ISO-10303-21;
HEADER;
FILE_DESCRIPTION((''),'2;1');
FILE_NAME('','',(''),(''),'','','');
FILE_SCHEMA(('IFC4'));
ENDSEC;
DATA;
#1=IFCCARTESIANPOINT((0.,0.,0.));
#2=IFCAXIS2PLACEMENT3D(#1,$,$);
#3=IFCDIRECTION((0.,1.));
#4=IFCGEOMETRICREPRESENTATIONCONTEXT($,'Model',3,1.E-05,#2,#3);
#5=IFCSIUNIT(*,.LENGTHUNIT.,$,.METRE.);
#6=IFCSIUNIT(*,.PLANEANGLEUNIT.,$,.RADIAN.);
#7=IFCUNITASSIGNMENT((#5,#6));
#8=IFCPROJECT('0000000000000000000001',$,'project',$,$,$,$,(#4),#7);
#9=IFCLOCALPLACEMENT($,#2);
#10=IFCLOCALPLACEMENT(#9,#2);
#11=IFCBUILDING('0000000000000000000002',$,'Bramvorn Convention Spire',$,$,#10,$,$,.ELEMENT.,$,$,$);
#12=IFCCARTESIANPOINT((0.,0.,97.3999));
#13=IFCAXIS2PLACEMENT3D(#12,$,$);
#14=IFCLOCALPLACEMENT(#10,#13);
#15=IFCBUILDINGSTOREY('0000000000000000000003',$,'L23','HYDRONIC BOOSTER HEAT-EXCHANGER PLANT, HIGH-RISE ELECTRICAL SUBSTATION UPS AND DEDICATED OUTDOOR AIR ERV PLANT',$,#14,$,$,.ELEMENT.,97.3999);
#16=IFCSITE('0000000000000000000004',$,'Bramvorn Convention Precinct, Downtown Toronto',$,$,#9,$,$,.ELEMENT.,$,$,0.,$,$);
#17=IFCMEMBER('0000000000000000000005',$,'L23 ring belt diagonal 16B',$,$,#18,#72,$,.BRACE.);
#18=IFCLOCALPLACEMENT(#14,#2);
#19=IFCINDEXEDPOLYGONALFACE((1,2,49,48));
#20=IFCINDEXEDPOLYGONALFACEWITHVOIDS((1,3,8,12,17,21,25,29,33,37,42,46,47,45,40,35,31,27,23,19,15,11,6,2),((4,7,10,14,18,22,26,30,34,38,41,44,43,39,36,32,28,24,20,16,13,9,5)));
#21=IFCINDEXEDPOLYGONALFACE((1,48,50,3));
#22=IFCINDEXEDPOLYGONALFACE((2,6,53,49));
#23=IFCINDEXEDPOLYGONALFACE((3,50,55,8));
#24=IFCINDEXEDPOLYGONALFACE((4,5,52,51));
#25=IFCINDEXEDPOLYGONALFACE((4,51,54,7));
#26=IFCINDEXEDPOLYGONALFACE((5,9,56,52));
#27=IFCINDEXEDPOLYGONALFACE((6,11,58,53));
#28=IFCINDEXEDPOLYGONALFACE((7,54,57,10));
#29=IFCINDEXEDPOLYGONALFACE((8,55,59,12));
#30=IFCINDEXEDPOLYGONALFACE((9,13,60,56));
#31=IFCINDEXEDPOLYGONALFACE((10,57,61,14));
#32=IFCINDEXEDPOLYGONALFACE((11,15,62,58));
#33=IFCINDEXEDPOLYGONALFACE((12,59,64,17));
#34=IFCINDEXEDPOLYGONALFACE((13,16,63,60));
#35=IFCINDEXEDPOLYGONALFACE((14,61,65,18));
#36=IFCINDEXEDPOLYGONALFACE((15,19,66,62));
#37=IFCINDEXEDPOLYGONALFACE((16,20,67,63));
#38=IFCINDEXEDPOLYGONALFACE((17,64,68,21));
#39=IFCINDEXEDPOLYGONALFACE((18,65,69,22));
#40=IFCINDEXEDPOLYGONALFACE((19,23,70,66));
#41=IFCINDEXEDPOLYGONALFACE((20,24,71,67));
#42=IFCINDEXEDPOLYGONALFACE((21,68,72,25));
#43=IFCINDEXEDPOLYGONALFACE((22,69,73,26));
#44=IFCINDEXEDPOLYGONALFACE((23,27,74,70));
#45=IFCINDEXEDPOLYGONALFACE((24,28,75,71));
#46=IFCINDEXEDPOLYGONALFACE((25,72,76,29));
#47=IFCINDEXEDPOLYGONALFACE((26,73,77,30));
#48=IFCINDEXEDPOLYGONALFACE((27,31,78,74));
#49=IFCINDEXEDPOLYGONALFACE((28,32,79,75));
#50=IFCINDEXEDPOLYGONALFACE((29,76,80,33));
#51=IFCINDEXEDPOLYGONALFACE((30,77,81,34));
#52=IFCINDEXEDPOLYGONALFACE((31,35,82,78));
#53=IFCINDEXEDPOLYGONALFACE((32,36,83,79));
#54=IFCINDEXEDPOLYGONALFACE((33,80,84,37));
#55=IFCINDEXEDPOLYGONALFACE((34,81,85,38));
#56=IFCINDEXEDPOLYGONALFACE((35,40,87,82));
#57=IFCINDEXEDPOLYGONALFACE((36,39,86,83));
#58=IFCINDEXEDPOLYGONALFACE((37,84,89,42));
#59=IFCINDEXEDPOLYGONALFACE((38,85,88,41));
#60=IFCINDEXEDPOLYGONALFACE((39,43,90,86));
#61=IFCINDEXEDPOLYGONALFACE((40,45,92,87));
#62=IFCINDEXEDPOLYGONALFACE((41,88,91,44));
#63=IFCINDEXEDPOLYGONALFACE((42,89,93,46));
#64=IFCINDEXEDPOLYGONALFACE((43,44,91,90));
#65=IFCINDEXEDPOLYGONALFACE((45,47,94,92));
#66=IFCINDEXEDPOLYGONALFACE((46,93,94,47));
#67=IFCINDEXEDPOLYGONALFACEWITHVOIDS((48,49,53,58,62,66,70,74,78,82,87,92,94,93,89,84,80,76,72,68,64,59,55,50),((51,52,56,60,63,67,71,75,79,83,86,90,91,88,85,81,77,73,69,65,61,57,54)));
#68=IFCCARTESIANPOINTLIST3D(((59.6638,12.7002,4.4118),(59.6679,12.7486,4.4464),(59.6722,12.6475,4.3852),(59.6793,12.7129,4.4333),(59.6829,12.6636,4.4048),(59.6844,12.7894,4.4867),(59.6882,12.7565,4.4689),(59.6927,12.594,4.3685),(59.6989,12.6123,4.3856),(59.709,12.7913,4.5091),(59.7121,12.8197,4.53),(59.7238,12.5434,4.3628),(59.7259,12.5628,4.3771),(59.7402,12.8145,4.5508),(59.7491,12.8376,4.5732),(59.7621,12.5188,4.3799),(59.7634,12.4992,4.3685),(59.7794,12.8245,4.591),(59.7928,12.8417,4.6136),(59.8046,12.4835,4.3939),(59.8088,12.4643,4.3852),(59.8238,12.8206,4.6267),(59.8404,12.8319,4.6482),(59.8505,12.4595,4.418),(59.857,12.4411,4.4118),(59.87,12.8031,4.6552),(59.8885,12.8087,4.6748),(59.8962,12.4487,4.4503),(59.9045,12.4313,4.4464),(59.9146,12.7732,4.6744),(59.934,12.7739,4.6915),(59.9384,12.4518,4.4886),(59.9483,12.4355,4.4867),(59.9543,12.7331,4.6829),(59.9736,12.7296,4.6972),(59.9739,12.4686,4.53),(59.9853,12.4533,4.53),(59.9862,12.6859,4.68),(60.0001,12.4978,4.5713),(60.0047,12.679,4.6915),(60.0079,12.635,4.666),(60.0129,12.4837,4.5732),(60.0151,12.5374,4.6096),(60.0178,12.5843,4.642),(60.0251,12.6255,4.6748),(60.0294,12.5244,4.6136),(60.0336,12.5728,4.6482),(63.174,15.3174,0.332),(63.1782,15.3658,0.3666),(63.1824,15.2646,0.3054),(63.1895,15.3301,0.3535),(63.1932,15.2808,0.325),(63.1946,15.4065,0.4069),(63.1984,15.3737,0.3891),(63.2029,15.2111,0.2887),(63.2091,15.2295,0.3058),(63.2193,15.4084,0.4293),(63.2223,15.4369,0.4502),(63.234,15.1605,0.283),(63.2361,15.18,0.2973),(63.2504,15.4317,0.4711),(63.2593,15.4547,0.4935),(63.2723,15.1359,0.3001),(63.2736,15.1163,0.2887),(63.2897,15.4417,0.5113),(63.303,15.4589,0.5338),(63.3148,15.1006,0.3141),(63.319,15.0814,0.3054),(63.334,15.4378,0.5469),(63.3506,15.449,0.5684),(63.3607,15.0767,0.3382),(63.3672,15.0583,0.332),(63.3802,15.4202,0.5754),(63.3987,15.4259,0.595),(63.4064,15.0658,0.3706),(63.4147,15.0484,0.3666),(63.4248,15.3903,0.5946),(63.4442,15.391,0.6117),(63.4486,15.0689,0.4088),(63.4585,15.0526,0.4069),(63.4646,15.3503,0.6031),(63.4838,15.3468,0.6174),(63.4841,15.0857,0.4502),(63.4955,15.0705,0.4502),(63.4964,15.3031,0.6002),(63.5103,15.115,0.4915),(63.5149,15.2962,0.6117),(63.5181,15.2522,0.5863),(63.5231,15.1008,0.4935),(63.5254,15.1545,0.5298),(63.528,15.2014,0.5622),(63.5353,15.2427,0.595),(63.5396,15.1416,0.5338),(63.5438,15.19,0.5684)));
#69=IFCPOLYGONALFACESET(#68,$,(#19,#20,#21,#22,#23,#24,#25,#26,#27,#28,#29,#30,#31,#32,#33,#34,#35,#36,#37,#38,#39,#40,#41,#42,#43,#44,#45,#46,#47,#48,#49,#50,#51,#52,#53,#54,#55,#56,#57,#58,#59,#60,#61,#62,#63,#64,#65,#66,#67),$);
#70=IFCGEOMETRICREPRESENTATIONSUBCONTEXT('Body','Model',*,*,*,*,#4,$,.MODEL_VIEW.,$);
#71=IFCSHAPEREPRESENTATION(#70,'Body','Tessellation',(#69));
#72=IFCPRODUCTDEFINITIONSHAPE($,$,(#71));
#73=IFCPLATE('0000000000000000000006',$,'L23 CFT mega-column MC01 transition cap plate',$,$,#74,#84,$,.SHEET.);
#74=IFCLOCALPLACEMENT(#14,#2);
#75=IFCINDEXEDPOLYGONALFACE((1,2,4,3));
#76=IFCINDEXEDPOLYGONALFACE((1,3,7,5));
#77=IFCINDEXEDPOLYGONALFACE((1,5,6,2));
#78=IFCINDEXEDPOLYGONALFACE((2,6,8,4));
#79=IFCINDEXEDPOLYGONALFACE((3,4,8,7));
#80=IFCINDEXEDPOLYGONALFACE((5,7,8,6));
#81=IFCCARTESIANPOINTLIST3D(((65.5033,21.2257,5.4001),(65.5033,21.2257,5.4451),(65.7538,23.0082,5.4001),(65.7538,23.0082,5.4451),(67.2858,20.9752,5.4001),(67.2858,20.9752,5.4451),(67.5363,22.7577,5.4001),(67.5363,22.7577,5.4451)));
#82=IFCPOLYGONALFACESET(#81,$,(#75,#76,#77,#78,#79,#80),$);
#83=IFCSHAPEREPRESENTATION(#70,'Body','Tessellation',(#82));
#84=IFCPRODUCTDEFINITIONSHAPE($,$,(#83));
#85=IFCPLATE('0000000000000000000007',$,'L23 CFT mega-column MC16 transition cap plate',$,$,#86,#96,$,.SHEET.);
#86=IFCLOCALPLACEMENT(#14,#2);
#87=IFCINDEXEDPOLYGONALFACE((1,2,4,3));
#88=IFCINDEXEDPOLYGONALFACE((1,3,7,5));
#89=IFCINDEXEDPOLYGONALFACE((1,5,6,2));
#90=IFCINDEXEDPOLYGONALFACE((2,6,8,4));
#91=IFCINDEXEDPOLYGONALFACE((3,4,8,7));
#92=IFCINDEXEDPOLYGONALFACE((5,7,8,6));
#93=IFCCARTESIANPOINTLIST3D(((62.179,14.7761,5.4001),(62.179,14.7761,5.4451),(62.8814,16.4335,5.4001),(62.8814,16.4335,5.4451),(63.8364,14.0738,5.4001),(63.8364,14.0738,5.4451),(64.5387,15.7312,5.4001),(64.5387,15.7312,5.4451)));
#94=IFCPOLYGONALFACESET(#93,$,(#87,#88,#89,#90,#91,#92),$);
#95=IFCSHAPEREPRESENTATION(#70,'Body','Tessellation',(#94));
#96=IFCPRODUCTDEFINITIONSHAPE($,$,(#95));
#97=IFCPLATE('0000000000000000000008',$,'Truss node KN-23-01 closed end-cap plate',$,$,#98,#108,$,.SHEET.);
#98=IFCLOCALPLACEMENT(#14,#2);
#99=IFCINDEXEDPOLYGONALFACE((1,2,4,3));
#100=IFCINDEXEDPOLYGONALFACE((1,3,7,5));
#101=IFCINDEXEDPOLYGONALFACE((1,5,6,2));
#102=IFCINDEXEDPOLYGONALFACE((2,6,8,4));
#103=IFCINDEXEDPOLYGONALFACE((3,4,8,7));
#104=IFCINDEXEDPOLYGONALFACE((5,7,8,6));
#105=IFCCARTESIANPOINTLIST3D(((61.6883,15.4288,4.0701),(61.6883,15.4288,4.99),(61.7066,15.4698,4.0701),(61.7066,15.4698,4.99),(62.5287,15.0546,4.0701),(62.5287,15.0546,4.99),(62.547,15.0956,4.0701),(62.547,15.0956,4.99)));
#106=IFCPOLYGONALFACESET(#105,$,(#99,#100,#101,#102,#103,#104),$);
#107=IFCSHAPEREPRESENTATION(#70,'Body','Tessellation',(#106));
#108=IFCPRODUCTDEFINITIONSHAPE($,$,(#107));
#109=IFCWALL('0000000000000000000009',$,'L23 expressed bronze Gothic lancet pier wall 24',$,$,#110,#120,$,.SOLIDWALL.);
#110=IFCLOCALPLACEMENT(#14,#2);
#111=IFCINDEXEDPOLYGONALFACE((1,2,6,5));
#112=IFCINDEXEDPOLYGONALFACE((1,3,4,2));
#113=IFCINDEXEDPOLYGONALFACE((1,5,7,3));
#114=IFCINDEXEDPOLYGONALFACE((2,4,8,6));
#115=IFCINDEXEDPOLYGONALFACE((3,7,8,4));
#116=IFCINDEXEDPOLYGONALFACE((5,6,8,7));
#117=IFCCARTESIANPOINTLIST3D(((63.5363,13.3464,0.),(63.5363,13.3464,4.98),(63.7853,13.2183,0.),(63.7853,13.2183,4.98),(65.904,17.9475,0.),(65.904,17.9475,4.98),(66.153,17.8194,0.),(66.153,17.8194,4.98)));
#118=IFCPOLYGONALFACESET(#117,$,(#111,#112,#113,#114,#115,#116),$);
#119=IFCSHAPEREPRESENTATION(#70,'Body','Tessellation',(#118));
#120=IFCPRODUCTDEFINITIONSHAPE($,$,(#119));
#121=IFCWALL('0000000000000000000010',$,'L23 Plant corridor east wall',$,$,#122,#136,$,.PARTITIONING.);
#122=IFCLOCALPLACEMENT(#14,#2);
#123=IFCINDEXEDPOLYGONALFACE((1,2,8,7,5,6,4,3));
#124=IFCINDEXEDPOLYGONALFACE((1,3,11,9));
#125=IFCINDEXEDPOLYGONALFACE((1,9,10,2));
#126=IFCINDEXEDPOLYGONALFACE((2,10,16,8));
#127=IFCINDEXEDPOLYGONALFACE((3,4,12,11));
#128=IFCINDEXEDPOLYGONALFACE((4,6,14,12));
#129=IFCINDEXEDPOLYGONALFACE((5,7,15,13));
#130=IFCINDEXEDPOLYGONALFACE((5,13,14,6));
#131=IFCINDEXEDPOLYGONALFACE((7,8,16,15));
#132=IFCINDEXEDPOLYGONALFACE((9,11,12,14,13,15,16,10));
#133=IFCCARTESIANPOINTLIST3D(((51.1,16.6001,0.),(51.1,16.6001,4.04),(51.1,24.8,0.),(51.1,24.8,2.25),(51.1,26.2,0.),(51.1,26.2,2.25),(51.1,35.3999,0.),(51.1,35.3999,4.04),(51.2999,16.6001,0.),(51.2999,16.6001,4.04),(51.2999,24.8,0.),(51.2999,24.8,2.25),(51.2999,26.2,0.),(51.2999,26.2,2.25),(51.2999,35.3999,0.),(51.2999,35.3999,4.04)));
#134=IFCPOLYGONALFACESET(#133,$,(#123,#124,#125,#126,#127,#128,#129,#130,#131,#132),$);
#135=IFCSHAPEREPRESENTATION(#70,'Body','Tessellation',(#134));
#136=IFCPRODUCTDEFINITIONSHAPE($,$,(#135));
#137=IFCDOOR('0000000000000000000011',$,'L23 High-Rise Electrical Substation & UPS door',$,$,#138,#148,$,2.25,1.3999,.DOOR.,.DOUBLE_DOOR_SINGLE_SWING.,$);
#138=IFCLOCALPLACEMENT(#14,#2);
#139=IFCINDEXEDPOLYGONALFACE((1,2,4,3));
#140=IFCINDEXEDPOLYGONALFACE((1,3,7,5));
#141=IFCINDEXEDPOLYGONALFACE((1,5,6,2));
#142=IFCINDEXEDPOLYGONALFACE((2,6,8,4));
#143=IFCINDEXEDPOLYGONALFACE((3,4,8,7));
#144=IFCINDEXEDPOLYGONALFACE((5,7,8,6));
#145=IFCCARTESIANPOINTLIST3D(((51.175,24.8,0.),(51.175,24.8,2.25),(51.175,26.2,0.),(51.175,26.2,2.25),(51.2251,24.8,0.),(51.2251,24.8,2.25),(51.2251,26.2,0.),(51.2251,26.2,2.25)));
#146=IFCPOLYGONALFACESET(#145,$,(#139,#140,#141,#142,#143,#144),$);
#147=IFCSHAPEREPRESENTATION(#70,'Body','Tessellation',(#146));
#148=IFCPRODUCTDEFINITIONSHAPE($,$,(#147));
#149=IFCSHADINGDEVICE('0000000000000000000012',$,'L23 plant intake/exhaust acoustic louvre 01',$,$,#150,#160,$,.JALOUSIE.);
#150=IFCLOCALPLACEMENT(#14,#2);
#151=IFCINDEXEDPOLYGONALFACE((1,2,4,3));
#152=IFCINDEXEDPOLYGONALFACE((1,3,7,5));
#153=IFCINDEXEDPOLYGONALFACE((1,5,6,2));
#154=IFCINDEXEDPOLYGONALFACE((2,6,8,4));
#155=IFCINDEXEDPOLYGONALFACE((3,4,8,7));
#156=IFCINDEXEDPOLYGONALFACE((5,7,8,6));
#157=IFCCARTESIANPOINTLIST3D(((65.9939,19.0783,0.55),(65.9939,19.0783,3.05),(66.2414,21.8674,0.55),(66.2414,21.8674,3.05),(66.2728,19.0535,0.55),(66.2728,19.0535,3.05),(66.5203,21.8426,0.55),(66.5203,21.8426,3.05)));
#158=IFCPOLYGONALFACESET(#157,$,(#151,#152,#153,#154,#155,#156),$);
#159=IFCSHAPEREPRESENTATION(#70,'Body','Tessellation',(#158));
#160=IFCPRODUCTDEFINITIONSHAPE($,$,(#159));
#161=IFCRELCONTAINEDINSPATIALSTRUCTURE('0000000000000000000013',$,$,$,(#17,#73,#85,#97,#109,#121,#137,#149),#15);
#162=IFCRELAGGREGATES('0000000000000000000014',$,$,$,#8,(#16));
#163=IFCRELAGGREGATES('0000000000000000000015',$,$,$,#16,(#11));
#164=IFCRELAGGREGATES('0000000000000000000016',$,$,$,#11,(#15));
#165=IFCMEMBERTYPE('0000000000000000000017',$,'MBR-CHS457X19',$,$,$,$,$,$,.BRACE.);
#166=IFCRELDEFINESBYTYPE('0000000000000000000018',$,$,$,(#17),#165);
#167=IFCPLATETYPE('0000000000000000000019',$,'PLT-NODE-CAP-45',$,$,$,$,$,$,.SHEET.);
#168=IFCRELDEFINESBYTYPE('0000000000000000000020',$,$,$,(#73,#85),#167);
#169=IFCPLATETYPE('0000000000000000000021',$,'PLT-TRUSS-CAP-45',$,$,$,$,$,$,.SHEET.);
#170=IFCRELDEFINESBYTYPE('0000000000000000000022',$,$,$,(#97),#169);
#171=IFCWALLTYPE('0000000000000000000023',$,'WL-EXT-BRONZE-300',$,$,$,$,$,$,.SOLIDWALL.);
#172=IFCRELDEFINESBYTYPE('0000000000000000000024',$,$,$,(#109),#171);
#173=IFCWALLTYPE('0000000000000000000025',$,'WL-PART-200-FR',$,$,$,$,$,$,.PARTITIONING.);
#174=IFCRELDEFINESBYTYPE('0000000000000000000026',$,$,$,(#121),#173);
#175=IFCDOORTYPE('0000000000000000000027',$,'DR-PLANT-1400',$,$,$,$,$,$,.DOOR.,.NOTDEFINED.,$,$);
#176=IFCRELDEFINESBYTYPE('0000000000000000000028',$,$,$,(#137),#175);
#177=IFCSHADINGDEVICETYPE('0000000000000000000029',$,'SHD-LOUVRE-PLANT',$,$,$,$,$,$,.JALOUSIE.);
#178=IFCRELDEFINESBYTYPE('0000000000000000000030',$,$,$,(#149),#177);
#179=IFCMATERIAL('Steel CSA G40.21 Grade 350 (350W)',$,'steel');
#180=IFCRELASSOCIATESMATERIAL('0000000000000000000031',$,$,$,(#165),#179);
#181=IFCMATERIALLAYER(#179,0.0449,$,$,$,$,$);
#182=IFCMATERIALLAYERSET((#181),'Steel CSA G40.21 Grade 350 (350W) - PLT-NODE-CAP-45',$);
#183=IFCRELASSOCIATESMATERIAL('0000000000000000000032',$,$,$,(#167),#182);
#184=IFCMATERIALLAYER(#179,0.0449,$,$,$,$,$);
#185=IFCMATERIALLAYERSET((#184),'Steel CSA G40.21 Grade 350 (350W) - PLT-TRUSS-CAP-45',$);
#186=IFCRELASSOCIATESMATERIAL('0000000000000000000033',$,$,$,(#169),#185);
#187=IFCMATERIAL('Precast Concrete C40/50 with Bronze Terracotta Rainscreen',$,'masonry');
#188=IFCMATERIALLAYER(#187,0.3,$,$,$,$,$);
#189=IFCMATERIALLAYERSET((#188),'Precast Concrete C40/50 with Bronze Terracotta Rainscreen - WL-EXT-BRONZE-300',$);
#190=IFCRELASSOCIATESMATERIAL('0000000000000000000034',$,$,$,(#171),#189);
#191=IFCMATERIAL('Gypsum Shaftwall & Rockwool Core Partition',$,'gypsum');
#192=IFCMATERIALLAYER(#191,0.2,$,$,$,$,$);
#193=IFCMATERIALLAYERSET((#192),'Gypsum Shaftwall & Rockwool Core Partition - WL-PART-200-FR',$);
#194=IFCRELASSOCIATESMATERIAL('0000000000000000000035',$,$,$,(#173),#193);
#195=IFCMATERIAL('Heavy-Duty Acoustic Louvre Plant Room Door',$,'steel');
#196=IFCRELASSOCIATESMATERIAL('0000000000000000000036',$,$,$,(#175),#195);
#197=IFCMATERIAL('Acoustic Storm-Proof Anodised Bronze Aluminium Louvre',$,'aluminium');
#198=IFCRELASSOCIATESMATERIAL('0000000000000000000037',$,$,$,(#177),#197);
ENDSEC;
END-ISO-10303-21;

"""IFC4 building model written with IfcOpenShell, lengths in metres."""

from ifc_helpers import new_model, si_unit, direction, frame, frame_2d, origin, origin_2d, place, context, subcontext, project, spatial, rectangle, hollow_circle, extrude, material, layer, layer_set, material_profile, profile_set, type_object, element, fill, save


model = new_model("IFC4")

# Units and contexts
model_context = context("Model", 3, precision=1e-05, world=origin(), true_north=direction((0.0, 1.0)))
body_context = subcontext(model_context, "Body", "Model", "MODEL_VIEW")
ifc_project = project(units=[si_unit("LENGTHUNIT", "METRE"), si_unit("PLANEANGLEUNIT", "RADIAN")], contexts=[model_context])

# Site, building, storey
site_placement = place(None, origin())
site = spatial("IfcSite", under=ifc_project, at=site_placement, Name="Bramvorn Convention Precinct, Downtown Toronto", CompositionType="ELEMENT", RefElevation=0.0)
building_placement = place(site_placement, origin())
building = spatial("IfcBuilding", under=site, at=building_placement, Name="Bramvorn Convention Spire", CompositionType="ELEMENT")
storey_placement = place(building_placement, frame((0.0, 0.0, 97.3999)))
storey = spatial("IfcBuildingStorey", under=building, at=storey_placement, Name="L23", Description="HYDRONIC BOOSTER HEAT-EXCHANGER PLANT, HIGH-RISE ELECTRICAL SUBSTATION UPS AND DEDICATED OUTDOOR AIR ERV PLANT", CompositionType="ELEMENT", Elevation=97.3999)

# Shared definitions
ifc_material_1 = material(Name="Steel CSA G40.21 Grade 350 (350W)", Category="steel")

# Member
ifc_material_profile_1 = material_profile(ifc_material_1, hollow_circle(Radius=0.2285, WallThickness=0.019, at=origin_2d()))
ifc_profile_set_1 = profile_set([ifc_material_profile_1], Name="Steel CSA G40.21 Grade 350 (350W) - CHS457X19")
member_type_1 = type_object("IfcMemberType", Name="MBR-CHS457X19", PredefinedType="BRACE", material=ifc_profile_set_1)
member_1_placement = place(storey_placement, frame((63.3589, 15.2537, 0.4502), z_axis=(-0.586538, -0.437313, 0.681711), x_axis=(0.597732, -0.801696, 0.0)))
element("IfcMember", 1, at=member_1_placement, inside=storey, type_object=member_type_1, Name="L23 ring belt diagonal 16B", PredefinedType="BRACE", context=body_context, shape_type="SweptSolid", body=[
    extrude(hollow_circle(Radius=0.2285, WallThickness=0.019, at=origin_2d()), origin(), (0.0, 0.0, 1.0), 5.9846),
])

# Plates
ifc_layer_1 = layer(ifc_material_1, 0.0449)
ifc_layer_set_1 = layer_set([ifc_layer_1], Name="Steel CSA G40.21 Grade 350 (350W) - PLT-NODE-CAP-45")
plate_type_1 = type_object("IfcPlateType", Name="PLT-NODE-CAP-45", PredefinedType="SHEET", material=ifc_layer_set_1)
for number, where, z_axis, x_axis, name in (
    (2, (66.5198, 21.9917, 5.4001), (0.0, 0.0, 1.0), (0.990268, -0.139174, 0.0), "L23 CFT mega-column MC01 transition cap plate"),
    (3, (63.3589, 15.2537, 5.4001), (0.0, 0.0, 1.0), (0.920739, -0.39018, 0.0), "L23 CFT mega-column MC16 transition cap plate"),
):
    element("IfcPlate", number, at=place(storey_placement, frame(where, z_axis=z_axis, x_axis=x_axis)), inside=storey, type_object=plate_type_1, Name=name, PredefinedType="SHEET", context=body_context, shape_type="SweptSolid", body=[
        extrude(rectangle(XDim=1.8, YDim=1.8, at=origin_2d()), origin(), (0.0, 0.0, 1.0), 0.0449),
    ])
ifc_layer_2 = layer(ifc_material_1, 0.0449)
ifc_layer_set_2 = layer_set([ifc_layer_2], Name="Steel CSA G40.21 Grade 350 (350W) - PLT-TRUSS-CAP-45")
plate_type_2 = type_object("IfcPlateType", Name="PLT-TRUSS-CAP-45", PredefinedType="SHEET", material=ifc_layer_set_2)
plate_placement = place(storey_placement, frame((62.1177, 15.2622, 4.0701), z_axis=(0.0, 0.0, 1.0), x_axis=(0.913546, -0.406735, 0.0)))
element("IfcPlate", 4, at=plate_placement, inside=storey, type_object=plate_type_2, Name="Truss node KN-23-01 closed end-cap plate", PredefinedType="SHEET", context=body_context, shape_type="SweptSolid", body=[
    extrude(rectangle(XDim=0.9199, YDim=0.0449, at=origin_2d()), origin(), (0.0, 0.0, 1.0), 0.9199),
])

# Wall
ifc_material_2 = material(Name="Precast Concrete C40/50 with Bronze Terracotta Rainscreen", Category="masonry")
ifc_layer_3 = layer(ifc_material_2, 0.3)
ifc_layer_set_3 = layer_set([ifc_layer_3], Name="Precast Concrete C40/50 with Bronze Terracotta Rainscreen - WL-EXT-BRONZE-300")
wall_type_1 = type_object("IfcWallType", Name="WL-EXT-BRONZE-300", PredefinedType="SOLIDWALL", material=ifc_layer_set_3)
wall_1_placement = place(storey_placement, frame((66.0286, 17.8835, 0.0), z_axis=(0.0, 0.0, 1.0), x_axis=(-0.457563, -0.889177, 0.0)))
element("IfcWall", 5, at=wall_1_placement, inside=storey, type_object=wall_type_1, Name="L23 expressed bronze Gothic lancet pier wall 24", PredefinedType="SOLIDWALL", context=body_context, shape_type="SweptSolid", body=[
    extrude(rectangle(XDim=5.1746, YDim=0.28, at=frame_2d((2.5874, 0.0))), origin(), (0.0, 0.0, 1.0), 4.98),
])

# Wall, opening, door
ifc_material_3 = material(Name="Gypsum Shaftwall & Rockwool Core Partition", Category="gypsum")
ifc_layer_4 = layer(ifc_material_3, 0.2)
ifc_layer_set_4 = layer_set([ifc_layer_4], Name="Gypsum Shaftwall & Rockwool Core Partition - WL-PART-200-FR")
wall_type_2 = type_object("IfcWallType", Name="WL-PART-200-FR", PredefinedType="PARTITIONING", material=ifc_layer_set_4)
wall_2_placement = place(storey_placement, frame((51.2, 16.6001, 0.0), z_axis=(0.0, 0.0, 1.0), x_axis=(0.0, 1.0, 0.0)))
wall_2 = element("IfcWall", 6, at=wall_2_placement, inside=storey, type_object=wall_type_2, Name="L23 Plant corridor east wall", PredefinedType="PARTITIONING", context=body_context, shape_type="SweptSolid", body=[
    extrude(rectangle(XDim=18.7998, YDim=0.2, at=frame_2d((9.3999, 0.0))), origin(), (0.0, 0.0, 1.0), 4.04),
])
opening_placement = place(wall_2_placement, frame((8.2, 0.0, 0.0)))
opening = element("IfcOpeningElement", 7, at=opening_placement, cuts=wall_2, PredefinedType="OPENING", context=body_context, shape_type="SweptSolid", body=[
    extrude(rectangle(XDim=1.3999, YDim=2.25, at=frame_2d((0.7, 1.125))), frame((0.0, 0.1099, 0.0), z_axis=(0.0, -1.0, 0.0), x_axis=(1.0, 0.0, 0.0)), (0.0, 0.0, 1.0), 0.22),
])
ifc_material_4 = material(Name="Heavy-Duty Acoustic Louvre Plant Room Door", Category="steel")
door_type = type_object("IfcDoorType", Name="DR-PLANT-1400", OperationType="NOTDEFINED", PredefinedType="DOOR", material=ifc_material_4)
door_placement = place(opening_placement, origin())
door = element("IfcDoor", 8, at=door_placement, inside=storey, type_object=door_type, Name="L23 High-Rise Electrical Substation & UPS door", OperationType="DOUBLE_DOOR_SINGLE_SWING", OverallHeight=2.25, OverallWidth=1.3999, PredefinedType="DOOR", context=body_context, shape_type="SweptSolid", body=[
    extrude(rectangle(XDim=1.3999, YDim=2.25, at=frame_2d((0.7, 1.125))), frame((0.0, 0.0249, 0.0), z_axis=(0.0, -1.0, 0.0), x_axis=(1.0, 0.0, 0.0)), (0.0, 0.0, 1.0), 0.05),
])
fill(opening, door)

# Shading device
ifc_material_5 = material(Name="Acoustic Storm-Proof Anodised Bronze Aluminium Louvre", Category="aluminium")
shading_device_type = type_object("IfcShadingDeviceType", Name="SHD-LOUVRE-PLANT", PredefinedType="JALOUSIE", material=ifc_material_5)
shading_device_placement = place(storey_placement, frame((66.2571, 20.4604, 0.55), z_axis=(0.0, 0.0, 1.0), x_axis=(-0.088397, -0.996085, 0.0)))
element("IfcShadingDevice", 9, at=shading_device_placement, inside=storey, type_object=shading_device_type, Name="L23 plant intake/exhaust acoustic louvre 01", PredefinedType="JALOUSIE", context=body_context, shape_type="SweptSolid", body=[
    extrude(rectangle(XDim=2.8, YDim=0.28, at=origin_2d()), origin(), (0.0, 0.0, 1.0), 2.5),
])

save(model, "model.ifc")
